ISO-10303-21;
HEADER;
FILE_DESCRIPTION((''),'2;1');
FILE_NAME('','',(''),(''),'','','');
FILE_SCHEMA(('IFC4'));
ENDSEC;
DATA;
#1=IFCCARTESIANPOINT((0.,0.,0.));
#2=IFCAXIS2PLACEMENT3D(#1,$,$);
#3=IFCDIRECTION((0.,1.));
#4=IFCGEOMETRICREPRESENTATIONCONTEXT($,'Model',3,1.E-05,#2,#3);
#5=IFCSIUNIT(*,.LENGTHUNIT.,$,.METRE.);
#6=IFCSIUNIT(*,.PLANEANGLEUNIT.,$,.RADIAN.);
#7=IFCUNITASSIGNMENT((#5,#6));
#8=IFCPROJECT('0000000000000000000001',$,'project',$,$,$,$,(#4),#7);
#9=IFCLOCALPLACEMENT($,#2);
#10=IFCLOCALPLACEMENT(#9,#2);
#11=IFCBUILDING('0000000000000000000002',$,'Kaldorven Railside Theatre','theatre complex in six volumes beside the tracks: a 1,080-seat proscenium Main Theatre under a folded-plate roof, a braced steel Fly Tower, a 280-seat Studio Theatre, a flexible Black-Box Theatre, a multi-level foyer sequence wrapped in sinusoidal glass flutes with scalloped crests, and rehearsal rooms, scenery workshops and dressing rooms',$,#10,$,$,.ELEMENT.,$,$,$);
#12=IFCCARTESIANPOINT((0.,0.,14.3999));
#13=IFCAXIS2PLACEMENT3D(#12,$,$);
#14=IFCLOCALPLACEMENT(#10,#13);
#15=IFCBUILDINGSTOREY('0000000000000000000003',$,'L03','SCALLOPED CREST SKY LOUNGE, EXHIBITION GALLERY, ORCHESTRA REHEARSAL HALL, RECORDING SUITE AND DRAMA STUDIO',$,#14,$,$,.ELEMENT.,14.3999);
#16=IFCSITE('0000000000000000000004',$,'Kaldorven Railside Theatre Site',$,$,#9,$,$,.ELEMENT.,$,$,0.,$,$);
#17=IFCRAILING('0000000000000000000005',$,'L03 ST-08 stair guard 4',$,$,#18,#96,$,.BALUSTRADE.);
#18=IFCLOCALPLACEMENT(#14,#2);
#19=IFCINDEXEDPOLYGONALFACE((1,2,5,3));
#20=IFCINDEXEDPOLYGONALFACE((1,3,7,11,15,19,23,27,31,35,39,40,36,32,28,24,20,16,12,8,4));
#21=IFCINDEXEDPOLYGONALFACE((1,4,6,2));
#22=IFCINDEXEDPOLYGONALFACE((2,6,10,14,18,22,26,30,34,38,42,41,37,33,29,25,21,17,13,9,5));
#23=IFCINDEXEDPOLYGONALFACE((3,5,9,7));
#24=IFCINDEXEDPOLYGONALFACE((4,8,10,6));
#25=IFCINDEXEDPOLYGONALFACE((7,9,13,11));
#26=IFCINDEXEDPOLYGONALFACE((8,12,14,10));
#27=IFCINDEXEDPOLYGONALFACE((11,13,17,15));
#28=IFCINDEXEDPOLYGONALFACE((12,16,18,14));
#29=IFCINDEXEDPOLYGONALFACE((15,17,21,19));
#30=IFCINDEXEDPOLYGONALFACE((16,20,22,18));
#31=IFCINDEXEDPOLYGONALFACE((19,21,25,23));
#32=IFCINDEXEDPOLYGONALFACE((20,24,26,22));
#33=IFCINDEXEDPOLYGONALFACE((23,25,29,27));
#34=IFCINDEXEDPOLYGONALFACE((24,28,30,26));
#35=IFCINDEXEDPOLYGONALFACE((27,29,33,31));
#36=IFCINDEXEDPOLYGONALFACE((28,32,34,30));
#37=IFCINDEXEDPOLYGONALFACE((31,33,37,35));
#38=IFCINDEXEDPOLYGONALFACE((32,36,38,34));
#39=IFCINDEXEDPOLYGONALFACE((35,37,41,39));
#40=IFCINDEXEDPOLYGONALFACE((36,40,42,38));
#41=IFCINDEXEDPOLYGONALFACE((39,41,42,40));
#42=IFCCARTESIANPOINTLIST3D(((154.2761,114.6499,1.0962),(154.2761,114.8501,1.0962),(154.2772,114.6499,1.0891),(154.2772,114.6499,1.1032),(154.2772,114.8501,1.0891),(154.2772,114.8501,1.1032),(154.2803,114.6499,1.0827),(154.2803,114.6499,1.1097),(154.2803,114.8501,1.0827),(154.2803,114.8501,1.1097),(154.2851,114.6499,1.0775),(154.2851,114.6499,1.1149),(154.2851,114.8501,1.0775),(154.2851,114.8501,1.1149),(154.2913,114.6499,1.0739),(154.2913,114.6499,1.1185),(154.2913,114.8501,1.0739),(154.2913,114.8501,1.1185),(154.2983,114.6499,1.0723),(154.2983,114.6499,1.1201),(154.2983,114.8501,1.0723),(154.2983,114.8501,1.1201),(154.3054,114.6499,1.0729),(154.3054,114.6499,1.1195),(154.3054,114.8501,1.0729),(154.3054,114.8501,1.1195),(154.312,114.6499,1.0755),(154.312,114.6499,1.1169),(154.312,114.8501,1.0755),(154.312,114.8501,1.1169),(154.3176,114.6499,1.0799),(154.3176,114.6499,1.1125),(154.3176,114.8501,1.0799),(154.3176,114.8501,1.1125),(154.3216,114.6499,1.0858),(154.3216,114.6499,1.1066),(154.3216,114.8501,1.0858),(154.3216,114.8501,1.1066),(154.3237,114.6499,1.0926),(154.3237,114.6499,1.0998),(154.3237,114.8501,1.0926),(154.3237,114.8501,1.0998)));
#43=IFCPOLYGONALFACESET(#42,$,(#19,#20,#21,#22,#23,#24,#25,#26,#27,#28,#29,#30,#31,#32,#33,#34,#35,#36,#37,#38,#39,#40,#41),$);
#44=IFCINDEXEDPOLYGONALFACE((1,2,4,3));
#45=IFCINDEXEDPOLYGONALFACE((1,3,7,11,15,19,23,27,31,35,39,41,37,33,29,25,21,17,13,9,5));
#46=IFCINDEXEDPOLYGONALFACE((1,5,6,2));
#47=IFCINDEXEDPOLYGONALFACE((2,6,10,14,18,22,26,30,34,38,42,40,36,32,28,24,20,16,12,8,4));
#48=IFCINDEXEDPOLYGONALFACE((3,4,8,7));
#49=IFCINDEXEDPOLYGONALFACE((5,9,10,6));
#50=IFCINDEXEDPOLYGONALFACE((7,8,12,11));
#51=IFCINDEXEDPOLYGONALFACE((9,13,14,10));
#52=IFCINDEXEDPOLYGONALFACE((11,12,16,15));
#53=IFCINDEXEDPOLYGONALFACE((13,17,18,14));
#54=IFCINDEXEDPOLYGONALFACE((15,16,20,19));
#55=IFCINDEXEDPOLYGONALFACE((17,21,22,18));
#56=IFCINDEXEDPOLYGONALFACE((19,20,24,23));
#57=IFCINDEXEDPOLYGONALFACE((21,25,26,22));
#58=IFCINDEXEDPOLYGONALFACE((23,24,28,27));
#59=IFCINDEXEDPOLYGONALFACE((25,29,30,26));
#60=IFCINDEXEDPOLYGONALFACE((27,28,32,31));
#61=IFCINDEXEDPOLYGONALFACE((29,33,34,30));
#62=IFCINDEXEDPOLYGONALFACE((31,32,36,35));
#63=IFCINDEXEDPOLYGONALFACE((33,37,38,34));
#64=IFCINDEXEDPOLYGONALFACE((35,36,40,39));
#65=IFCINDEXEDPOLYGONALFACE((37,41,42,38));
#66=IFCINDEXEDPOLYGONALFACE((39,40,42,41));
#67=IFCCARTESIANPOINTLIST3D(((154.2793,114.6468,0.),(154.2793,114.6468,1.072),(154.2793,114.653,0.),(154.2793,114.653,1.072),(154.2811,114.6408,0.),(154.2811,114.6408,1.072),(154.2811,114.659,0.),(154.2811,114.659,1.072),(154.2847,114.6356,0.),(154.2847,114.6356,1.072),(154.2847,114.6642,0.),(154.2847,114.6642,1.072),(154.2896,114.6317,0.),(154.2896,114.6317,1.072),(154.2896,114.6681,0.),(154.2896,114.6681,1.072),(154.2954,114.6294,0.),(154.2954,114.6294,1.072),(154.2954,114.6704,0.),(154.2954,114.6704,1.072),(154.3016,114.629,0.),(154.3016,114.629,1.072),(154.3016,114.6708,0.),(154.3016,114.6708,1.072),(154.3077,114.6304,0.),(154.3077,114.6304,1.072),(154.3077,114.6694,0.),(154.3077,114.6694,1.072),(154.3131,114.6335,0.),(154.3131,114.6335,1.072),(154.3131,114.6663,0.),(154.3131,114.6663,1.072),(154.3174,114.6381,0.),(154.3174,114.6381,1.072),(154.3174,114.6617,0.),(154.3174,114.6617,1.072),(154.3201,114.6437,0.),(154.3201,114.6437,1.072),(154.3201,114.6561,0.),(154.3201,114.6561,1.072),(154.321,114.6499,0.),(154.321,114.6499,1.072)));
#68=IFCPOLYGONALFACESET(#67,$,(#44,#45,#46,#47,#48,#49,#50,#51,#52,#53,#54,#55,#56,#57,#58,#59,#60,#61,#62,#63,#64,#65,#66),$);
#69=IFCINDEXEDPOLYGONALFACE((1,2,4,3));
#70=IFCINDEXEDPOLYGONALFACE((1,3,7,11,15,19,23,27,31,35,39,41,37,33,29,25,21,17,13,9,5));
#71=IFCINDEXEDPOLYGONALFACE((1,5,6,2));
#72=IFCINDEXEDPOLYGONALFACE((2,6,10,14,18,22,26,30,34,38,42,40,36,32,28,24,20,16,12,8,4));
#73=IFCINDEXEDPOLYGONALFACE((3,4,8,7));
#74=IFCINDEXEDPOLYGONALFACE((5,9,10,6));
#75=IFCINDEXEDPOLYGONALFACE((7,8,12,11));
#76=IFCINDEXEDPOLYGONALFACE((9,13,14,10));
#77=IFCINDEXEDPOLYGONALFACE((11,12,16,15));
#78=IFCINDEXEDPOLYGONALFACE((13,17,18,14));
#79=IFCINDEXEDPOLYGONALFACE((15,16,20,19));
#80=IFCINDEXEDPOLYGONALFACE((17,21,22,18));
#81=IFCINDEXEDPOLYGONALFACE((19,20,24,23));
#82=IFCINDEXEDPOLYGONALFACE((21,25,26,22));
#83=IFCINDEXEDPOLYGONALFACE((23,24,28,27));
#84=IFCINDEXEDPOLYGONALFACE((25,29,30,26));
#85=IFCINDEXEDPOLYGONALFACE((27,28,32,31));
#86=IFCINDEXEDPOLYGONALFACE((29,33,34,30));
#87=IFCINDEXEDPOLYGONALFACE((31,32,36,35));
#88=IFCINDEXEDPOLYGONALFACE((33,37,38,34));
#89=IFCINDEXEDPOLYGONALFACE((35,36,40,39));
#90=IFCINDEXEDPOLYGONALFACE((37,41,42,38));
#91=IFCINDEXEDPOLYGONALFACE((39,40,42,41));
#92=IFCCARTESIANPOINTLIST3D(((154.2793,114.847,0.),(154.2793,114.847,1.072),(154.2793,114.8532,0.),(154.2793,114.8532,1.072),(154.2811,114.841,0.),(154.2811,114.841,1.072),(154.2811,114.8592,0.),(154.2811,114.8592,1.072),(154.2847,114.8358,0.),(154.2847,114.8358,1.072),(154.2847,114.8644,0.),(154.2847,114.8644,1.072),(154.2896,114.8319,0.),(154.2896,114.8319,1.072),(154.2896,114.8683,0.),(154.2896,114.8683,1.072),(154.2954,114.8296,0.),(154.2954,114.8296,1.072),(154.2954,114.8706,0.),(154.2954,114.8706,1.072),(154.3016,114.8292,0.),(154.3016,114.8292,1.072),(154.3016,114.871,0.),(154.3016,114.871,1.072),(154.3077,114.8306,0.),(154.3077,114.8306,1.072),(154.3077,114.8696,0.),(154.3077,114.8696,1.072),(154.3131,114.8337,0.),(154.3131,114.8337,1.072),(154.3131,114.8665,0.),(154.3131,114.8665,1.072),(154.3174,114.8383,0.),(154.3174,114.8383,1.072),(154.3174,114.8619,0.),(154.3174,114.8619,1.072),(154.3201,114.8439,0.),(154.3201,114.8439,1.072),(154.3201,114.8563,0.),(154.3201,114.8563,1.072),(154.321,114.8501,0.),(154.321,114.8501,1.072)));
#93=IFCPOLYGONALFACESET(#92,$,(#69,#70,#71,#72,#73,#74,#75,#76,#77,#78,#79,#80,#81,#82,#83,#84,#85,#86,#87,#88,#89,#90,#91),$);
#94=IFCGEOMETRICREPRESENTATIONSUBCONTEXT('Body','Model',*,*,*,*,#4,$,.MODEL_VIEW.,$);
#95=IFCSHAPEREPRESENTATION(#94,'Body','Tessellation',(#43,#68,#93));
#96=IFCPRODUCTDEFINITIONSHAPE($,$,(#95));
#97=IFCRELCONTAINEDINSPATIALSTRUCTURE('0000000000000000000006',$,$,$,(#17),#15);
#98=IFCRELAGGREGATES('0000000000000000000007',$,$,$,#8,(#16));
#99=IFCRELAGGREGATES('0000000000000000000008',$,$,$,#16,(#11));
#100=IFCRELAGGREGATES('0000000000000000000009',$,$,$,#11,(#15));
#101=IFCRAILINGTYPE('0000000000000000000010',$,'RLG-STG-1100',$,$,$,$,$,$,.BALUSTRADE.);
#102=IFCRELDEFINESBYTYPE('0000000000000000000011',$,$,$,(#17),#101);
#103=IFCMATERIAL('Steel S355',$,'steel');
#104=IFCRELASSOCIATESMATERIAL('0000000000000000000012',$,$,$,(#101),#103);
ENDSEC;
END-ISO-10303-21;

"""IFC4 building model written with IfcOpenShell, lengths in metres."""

from ifc_helpers import new_model, si_unit, direction, frame, origin, origin_2d, place, context, subcontext, project, spatial, circle, extrude, material, type_object, element, save


model = new_model("IFC4")

# Units and contexts
model_context = context("Model", 3, precision=1e-05, world=origin(), true_north=direction((0.0, 1.0)))
body_context = subcontext(model_context, "Body", "Model", "MODEL_VIEW")
ifc_project = project(units=[si_unit("LENGTHUNIT", "METRE"), si_unit("PLANEANGLEUNIT", "RADIAN")], contexts=[model_context])

# Site, building, storey
site_placement = place(None, origin())
site = spatial("IfcSite", under=ifc_project, at=site_placement, Name="Kaldorven Railside Theatre Site", CompositionType="ELEMENT", RefElevation=0.0)
building_placement = place(site_placement, origin())
building = spatial("IfcBuilding", under=site, at=building_placement, Name="Kaldorven Railside Theatre", Description="theatre complex in six volumes beside the tracks: a 1,080-seat proscenium Main Theatre under a folded-plate roof, a braced steel Fly Tower, a 280-seat Studio Theatre, a flexible Black-Box Theatre, a multi-level foyer sequence wrapped in sinusoidal glass flutes with scalloped crests, and rehearsal rooms, scenery workshops and dressing rooms", CompositionType="ELEMENT")
storey_placement = place(building_placement, frame((0.0, 0.0, 14.3999)))
storey = spatial("IfcBuildingStorey", under=building, at=storey_placement, Name="L03", Description="SCALLOPED CREST SKY LOUNGE, EXHIBITION GALLERY, ORCHESTRA REHEARSAL HALL, RECORDING SUITE AND DRAMA STUDIO", CompositionType="ELEMENT", Elevation=14.3999)

# Shared definitions
ifc_material_1 = material(Name="Steel S355", Category="steel")

# Railing
railing_type_1 = type_object("IfcRailingType", Name="RLG-STG-1100", PredefinedType="BALUSTRADE", material=ifc_material_1)
railing_1_placement = place(storey_placement, frame((154.3, 114.6499, 0.0)))
element("IfcRailing", 1, at=railing_1_placement, inside=storey, type_object=railing_type_1, Name="L03 ST-08 stair guard 4", PredefinedType="BALUSTRADE", context=body_context, shape_type="SweptSolid", body=[
    extrude(circle(Radius=0.0239, at=origin_2d()), frame((0.0, 0.0, 1.0962), z_axis=(0.0, 1.0, 0.0), x_axis=(-1.0, 0.0, 0.0)), (0.0, 0.0, 1.0), 0.2002),
    extrude(circle(Radius=0.021, at=origin_2d()), origin(), (0.0, 0.0, 1.0), 1.072),
    extrude(circle(Radius=0.021, at=origin_2d()), frame((0.0, 0.2002, 0.0)), (0.0, 0.0, 1.0), 1.072),
])

save(model, "model.ifc")
